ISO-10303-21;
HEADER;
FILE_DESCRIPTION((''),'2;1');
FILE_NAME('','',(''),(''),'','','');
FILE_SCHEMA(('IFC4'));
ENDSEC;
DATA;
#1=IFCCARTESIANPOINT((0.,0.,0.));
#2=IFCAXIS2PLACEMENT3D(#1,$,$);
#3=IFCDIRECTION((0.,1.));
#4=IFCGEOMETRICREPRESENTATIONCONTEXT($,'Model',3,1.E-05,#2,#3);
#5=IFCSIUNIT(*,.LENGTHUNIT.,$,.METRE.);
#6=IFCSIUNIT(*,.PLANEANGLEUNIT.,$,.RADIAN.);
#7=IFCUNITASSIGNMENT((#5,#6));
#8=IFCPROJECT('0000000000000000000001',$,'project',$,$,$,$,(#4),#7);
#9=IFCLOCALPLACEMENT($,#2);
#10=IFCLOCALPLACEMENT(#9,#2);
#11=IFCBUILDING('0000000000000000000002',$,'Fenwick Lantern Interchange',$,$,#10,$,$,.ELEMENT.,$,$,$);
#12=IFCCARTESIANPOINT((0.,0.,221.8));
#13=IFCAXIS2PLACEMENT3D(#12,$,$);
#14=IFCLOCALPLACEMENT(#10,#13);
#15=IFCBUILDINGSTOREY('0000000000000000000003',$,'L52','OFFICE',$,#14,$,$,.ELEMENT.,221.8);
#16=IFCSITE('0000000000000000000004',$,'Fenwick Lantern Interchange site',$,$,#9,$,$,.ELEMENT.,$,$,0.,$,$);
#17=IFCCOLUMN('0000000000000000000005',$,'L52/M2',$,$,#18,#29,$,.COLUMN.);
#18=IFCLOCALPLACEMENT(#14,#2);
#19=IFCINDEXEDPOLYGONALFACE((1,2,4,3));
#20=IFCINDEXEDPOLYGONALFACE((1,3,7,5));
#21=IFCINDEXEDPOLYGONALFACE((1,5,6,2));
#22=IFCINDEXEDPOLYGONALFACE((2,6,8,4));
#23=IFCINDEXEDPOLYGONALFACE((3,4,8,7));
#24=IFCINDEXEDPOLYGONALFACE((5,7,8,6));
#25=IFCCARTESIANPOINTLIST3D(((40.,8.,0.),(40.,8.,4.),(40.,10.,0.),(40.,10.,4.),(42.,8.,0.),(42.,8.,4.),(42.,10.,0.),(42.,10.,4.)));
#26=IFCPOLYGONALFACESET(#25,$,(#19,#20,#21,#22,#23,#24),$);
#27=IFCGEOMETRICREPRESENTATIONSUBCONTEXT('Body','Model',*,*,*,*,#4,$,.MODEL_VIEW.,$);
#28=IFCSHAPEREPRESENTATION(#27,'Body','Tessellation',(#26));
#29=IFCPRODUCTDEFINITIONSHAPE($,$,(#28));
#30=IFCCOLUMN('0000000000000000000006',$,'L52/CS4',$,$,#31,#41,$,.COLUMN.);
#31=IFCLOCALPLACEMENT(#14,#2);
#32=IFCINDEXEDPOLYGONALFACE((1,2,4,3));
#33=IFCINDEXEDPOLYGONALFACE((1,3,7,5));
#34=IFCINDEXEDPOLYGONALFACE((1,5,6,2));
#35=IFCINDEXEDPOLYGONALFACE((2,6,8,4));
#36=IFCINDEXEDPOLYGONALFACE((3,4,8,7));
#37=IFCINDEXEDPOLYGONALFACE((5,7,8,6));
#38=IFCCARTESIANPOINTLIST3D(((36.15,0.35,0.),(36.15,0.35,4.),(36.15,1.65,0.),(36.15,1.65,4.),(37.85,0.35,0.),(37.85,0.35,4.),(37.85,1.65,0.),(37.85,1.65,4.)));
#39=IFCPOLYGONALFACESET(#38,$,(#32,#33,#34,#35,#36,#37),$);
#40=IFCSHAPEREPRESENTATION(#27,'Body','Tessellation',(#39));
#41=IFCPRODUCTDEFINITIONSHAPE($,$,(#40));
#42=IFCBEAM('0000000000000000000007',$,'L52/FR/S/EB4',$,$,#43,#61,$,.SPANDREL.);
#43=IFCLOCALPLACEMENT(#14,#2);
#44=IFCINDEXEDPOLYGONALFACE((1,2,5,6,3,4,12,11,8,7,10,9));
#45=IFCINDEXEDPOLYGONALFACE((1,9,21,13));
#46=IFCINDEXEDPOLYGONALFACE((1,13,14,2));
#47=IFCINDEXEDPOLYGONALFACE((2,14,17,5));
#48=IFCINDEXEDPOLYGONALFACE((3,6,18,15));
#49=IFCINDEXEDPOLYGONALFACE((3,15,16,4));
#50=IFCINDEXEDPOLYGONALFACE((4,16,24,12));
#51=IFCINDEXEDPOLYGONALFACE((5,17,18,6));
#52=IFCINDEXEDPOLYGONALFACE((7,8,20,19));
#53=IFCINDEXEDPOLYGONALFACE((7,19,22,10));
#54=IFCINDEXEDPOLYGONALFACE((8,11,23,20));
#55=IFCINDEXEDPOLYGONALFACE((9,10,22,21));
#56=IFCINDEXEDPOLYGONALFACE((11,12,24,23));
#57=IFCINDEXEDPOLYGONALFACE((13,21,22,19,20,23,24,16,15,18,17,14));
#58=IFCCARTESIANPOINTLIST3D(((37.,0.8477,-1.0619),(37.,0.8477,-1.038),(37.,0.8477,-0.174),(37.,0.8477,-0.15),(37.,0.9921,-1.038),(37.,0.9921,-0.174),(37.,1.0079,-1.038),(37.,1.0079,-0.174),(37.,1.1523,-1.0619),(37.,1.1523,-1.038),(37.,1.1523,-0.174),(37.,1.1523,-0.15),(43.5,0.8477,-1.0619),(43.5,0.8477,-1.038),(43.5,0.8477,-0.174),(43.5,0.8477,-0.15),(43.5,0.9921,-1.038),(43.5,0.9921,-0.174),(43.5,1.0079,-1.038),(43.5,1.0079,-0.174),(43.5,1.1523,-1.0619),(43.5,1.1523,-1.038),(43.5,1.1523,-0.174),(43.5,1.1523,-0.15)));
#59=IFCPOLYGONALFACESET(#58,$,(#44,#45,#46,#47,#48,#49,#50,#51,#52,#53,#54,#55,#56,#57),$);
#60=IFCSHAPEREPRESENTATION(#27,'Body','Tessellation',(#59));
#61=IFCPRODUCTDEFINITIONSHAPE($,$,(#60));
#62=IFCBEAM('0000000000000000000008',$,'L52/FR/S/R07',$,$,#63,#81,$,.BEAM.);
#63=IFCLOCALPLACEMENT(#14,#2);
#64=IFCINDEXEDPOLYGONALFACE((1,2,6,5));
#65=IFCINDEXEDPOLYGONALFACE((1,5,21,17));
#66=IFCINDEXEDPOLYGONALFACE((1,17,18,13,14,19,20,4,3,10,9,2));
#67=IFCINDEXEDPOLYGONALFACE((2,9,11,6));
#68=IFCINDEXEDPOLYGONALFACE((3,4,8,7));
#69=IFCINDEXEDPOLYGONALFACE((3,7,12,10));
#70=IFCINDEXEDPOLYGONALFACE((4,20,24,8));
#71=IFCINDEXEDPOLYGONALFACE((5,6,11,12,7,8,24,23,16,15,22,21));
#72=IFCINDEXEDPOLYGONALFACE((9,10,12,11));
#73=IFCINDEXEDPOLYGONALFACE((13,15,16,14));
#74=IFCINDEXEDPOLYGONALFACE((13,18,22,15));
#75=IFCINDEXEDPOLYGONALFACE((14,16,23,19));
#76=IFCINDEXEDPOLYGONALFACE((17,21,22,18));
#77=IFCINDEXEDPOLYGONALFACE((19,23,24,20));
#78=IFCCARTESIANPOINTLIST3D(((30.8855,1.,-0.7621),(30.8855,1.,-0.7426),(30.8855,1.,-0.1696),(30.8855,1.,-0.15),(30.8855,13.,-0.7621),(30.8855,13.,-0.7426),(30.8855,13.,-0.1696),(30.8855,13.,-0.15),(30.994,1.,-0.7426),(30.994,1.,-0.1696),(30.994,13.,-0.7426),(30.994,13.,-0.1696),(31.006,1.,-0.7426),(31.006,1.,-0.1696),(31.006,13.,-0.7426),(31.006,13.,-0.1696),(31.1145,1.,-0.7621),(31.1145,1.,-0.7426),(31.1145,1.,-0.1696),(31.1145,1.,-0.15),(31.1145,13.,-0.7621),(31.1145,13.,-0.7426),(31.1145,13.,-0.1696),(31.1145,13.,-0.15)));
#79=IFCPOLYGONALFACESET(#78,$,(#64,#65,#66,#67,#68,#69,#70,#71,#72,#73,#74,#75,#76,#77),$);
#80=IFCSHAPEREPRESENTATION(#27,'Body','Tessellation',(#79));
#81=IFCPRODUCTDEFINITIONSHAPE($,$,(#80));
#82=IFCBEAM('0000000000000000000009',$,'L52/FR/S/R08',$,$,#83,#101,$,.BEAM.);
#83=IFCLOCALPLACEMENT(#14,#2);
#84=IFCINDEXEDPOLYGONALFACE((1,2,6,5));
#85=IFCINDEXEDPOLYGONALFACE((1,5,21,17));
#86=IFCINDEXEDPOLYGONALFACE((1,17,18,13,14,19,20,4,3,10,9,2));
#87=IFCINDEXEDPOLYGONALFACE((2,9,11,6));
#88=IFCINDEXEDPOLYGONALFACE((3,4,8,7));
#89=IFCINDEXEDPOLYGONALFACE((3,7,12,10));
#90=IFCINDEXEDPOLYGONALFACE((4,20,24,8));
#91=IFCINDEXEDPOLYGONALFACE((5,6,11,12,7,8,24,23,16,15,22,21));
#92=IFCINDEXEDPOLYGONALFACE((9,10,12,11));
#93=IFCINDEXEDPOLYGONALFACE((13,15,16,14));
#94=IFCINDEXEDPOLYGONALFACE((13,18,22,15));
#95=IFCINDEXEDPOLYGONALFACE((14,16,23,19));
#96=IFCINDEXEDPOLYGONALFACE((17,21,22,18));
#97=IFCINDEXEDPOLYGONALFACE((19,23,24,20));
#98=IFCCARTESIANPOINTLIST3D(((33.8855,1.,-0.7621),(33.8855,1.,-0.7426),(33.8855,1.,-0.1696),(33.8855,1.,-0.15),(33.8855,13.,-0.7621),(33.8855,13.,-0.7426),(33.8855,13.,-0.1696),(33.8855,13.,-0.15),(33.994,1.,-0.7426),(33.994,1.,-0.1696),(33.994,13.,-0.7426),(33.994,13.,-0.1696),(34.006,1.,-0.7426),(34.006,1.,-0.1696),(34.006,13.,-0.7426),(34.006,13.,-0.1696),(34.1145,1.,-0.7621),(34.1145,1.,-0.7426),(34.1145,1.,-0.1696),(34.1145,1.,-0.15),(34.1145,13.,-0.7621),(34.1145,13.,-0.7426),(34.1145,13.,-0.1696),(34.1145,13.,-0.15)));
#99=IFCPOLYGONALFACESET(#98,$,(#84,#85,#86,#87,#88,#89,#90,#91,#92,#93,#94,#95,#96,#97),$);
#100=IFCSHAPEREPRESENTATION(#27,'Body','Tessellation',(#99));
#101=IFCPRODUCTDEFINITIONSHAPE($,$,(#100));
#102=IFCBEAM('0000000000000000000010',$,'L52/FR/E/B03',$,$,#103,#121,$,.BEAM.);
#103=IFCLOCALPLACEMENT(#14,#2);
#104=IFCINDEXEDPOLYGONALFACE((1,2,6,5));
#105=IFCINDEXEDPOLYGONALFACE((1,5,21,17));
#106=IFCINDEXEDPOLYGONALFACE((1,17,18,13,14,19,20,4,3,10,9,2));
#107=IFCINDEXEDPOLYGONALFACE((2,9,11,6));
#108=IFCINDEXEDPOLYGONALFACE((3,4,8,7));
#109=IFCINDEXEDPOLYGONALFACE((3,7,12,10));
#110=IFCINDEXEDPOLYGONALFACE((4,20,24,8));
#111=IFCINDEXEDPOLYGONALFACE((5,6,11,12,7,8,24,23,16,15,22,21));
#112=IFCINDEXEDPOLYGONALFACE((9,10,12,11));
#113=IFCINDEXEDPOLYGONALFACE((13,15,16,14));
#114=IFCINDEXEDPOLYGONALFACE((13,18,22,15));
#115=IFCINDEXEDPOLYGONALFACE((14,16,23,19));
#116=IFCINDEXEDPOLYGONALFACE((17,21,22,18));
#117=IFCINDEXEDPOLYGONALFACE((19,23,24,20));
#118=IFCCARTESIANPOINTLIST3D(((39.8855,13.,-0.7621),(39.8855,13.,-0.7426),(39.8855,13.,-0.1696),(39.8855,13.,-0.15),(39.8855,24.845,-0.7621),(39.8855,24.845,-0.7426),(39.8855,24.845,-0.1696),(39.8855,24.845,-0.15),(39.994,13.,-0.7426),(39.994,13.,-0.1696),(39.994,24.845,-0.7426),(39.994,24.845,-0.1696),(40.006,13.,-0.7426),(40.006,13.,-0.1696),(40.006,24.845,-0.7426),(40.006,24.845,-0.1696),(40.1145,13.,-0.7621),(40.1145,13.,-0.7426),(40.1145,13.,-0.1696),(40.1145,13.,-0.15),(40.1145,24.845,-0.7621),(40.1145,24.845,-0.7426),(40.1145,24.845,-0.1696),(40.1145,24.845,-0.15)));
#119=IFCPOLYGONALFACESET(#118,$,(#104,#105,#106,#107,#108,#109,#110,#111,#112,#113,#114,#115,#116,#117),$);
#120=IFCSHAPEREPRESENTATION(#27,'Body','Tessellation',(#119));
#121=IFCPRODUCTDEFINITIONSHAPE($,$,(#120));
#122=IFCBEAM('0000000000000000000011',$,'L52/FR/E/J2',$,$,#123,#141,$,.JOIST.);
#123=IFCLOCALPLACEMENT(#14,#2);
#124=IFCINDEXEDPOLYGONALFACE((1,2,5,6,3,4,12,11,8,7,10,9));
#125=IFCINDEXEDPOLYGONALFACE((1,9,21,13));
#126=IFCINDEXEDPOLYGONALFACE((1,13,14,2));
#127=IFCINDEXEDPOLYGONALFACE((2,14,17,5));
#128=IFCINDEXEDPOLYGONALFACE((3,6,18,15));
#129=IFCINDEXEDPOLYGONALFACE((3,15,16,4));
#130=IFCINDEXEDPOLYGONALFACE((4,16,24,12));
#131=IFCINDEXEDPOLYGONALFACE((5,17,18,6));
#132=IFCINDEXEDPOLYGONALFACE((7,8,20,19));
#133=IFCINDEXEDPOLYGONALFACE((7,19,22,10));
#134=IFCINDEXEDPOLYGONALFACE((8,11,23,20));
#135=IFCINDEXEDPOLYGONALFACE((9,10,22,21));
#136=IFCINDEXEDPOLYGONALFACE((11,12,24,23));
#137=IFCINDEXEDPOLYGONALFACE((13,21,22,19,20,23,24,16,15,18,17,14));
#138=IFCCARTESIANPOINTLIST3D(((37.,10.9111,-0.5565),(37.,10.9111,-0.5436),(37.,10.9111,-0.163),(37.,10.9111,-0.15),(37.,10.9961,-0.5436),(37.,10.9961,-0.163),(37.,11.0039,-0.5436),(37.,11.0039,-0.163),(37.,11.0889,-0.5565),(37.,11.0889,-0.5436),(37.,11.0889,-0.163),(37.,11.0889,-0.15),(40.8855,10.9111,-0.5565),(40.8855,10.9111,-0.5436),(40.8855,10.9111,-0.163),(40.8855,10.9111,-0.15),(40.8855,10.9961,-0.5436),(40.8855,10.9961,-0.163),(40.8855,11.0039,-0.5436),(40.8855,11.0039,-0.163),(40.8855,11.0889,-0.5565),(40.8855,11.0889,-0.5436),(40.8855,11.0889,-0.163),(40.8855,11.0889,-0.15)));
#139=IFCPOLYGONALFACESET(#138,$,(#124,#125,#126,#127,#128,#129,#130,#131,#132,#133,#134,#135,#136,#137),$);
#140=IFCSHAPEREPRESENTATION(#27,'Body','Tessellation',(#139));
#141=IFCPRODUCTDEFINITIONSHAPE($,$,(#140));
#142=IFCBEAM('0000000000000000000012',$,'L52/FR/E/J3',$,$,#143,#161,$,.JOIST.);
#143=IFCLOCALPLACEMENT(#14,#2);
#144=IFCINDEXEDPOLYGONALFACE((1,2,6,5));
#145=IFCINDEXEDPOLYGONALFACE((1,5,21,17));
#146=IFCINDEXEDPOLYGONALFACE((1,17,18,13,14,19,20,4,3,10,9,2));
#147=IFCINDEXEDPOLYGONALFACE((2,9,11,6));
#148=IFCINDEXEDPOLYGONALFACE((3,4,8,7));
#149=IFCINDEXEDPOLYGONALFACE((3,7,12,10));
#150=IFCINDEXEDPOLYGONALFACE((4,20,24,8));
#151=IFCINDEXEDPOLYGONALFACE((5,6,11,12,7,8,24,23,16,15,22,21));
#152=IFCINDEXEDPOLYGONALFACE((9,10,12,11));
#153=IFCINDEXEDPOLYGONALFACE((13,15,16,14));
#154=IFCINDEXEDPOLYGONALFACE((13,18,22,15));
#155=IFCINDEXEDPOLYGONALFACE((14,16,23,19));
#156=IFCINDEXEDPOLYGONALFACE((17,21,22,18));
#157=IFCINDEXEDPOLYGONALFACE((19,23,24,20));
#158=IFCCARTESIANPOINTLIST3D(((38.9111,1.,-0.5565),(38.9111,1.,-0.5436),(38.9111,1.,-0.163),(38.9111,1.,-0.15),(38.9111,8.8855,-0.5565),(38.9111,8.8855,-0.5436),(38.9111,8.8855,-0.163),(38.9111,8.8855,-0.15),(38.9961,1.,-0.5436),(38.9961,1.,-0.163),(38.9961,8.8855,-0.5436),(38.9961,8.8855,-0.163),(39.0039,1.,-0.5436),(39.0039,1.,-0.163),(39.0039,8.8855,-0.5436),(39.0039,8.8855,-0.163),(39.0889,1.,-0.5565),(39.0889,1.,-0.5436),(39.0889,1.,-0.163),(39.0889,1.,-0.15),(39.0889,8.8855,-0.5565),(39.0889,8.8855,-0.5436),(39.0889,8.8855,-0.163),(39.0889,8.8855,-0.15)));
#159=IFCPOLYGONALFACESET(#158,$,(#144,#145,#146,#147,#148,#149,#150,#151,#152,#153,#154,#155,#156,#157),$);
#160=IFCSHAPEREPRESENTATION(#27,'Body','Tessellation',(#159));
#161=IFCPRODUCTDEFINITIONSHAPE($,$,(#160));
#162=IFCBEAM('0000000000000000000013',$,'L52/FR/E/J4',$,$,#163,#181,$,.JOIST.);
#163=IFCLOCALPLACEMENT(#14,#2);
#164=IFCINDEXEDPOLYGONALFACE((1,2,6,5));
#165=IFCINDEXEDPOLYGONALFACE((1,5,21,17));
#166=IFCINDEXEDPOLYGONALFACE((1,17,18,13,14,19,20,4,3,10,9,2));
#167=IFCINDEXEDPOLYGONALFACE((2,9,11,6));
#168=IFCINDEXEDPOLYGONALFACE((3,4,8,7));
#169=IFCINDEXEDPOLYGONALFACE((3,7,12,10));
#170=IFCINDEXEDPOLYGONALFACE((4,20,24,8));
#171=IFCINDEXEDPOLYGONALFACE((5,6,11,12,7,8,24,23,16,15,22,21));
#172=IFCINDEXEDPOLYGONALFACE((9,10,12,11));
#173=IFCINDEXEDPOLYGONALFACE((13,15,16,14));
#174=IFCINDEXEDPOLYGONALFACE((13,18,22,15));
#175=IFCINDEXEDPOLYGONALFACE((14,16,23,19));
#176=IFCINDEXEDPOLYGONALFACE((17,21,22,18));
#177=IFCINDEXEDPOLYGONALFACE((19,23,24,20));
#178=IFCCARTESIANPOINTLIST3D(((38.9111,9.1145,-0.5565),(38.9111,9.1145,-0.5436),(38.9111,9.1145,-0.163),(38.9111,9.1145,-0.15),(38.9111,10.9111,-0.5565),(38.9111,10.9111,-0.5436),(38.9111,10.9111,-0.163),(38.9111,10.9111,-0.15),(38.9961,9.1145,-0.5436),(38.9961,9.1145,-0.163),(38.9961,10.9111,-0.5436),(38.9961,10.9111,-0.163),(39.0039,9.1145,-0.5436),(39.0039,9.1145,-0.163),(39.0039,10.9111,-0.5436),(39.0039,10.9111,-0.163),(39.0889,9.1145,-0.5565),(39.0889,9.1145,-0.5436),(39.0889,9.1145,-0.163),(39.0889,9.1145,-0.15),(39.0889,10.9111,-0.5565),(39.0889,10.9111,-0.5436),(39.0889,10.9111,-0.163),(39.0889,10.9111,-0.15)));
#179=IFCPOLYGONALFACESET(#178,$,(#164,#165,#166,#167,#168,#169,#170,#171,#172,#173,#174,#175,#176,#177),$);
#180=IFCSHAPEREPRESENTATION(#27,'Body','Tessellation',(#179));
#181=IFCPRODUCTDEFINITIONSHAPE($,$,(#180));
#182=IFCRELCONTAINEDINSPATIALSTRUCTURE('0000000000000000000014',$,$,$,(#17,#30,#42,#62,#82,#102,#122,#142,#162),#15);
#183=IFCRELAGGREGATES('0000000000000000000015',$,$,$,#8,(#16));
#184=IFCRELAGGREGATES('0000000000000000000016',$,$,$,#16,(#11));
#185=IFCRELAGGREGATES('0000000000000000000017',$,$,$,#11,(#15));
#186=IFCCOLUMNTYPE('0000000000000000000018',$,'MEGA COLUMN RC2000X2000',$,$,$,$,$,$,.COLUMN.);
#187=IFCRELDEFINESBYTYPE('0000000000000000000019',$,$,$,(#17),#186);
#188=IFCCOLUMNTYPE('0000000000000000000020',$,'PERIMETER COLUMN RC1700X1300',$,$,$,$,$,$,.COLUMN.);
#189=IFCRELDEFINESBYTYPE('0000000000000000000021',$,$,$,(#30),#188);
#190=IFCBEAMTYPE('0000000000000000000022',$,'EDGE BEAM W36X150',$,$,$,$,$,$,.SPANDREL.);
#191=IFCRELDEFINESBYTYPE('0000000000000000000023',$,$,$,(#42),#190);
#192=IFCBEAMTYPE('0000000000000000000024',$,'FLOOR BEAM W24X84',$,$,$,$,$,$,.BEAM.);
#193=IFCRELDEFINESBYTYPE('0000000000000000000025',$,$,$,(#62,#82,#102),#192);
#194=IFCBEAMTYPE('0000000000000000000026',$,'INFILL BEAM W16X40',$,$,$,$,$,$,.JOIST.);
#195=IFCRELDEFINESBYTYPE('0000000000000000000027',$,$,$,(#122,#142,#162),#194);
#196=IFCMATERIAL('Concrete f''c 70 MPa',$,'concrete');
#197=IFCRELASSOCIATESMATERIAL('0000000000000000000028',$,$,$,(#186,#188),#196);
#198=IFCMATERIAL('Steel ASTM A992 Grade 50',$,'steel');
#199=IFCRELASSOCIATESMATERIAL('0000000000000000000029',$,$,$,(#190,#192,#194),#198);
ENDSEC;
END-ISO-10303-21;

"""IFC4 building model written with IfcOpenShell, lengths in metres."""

from ifc_helpers import new_model, si_unit, direction, frame, origin, origin_2d, place, context, subcontext, project, spatial, rectangle, i_section, extrude, material, material_profile, profile_set, type_object, element, save


model = new_model("IFC4")

# Units and contexts
model_context = context("Model", 3, precision=1e-05, world=origin(), true_north=direction((0.0, 1.0)))
body_context = subcontext(model_context, "Body", "Model", "MODEL_VIEW")
ifc_project = project(units=[si_unit("LENGTHUNIT", "METRE"), si_unit("PLANEANGLEUNIT", "RADIAN")], contexts=[model_context])

# Site, building, storey
site_placement = place(None, origin())
site = spatial("IfcSite", under=ifc_project, at=site_placement, Name="Fenwick Lantern Interchange site", CompositionType="ELEMENT", RefElevation=0.0)
building_placement = place(site_placement, origin())
building = spatial("IfcBuilding", under=site, at=building_placement, Name="Fenwick Lantern Interchange", CompositionType="ELEMENT")
storey_placement = place(building_placement, frame((0.0, 0.0, 221.8)))
storey = spatial("IfcBuildingStorey", under=building, at=storey_placement, Name="L52", Description="OFFICE", CompositionType="ELEMENT", Elevation=221.8)

# Columns
ifc_material_1 = material(Name="Concrete f'c 70 MPa", Category="concrete")
ifc_material_profile_1 = material_profile(ifc_material_1, rectangle(XDim=2.0, YDim=2.0, at=origin_2d()), Name="RC2000X2000")
ifc_profile_set_1 = profile_set([ifc_material_profile_1], Name="Concrete f'c 70 MPa")
column_type_1 = type_object("IfcColumnType", Name="MEGA COLUMN RC2000X2000", PredefinedType="COLUMN", material=ifc_profile_set_1)
column_1_placement = place(storey_placement, frame((41.0, 9.0, 0.0), z_axis=(0.0, 0.0, 1.0), x_axis=(1.0, 0.0, 0.0)))
element("IfcColumn", 1, at=column_1_placement, inside=storey, type_object=column_type_1, Name="L52/M2", PredefinedType="COLUMN", context=body_context, shape_type="SweptSolid", body=[
    extrude(rectangle(XDim=2.0, YDim=2.0, at=origin_2d()), origin(), (0.0, 0.0, 1.0), 4.0),
])
ifc_material_profile_2 = material_profile(ifc_material_1, rectangle(XDim=1.7, YDim=1.3, at=origin_2d()), Name="RC1700X1300")
ifc_profile_set_2 = profile_set([ifc_material_profile_2], Name="Concrete f'c 70 MPa")
column_type_2 = type_object("IfcColumnType", Name="PERIMETER COLUMN RC1700X1300", PredefinedType="COLUMN", material=ifc_profile_set_2)
column_2_placement = place(storey_placement, frame((37.0, 1.0, 0.0), z_axis=(0.0, 0.0, 1.0), x_axis=(1.0, 0.0, 0.0)))
element("IfcColumn", 2, at=column_2_placement, inside=storey, type_object=column_type_2, Name="L52/CS4", PredefinedType="COLUMN", context=body_context, shape_type="SweptSolid", body=[
    extrude(rectangle(XDim=1.7, YDim=1.3, at=origin_2d()), origin(), (0.0, 0.0, 1.0), 4.0),
])

# Beams
ifc_material_2 = material(Name="Steel ASTM A992 Grade 50", Category="steel")
ifc_material_profile_3 = material_profile(ifc_material_2, i_section(OverallWidth=0.3047, OverallDepth=0.9119, WebThickness=0.0159, FlangeThickness=0.0239, at=origin_2d()), Name="W36X150")
ifc_profile_set_3 = profile_set([ifc_material_profile_3], Name="Steel ASTM A992 Grade 50")
beam_type_1 = type_object("IfcBeamType", Name="EDGE BEAM W36X150", PredefinedType="SPANDREL", material=ifc_profile_set_3)
beam_1_placement = place(storey_placement, frame((37.0, 1.0, -0.606), z_axis=(1.0, 0.0, 0.0), x_axis=(0.0, 1.0, 0.0)))
element("IfcBeam", 3, at=beam_1_placement, inside=storey, type_object=beam_type_1, Name="L52/FR/S/EB4", PredefinedType="SPANDREL", context=body_context, shape_type="SweptSolid", body=[
    extrude(i_section(OverallWidth=0.3047, OverallDepth=0.9119, WebThickness=0.0159, FlangeThickness=0.0239, at=origin_2d()), origin(), (0.0, 0.0, 1.0), 6.5),
])
ifc_material_profile_4 = material_profile(ifc_material_2, i_section(OverallWidth=0.229, OverallDepth=0.6121, WebThickness=0.012, FlangeThickness=0.0195, at=origin_2d()), Name="W24X84")
ifc_profile_set_4 = profile_set([ifc_material_profile_4], Name="Steel ASTM A992 Grade 50")
beam_type_2 = type_object("IfcBeamType", Name="FLOOR BEAM W24X84", PredefinedType="BEAM", material=ifc_profile_set_4)
for number, where, z_axis, x_axis, name in (
    (4, (31.0, 1.0, -0.4561), (0.0, 1.0, 0.0), (-1.0, 0.0, 0.0), "L52/FR/S/R07"),
    (5, (34.0, 1.0, -0.4561), (0.0, 1.0, 0.0), (-1.0, 0.0, 0.0), "L52/FR/S/R08"),
):
    element("IfcBeam", number, at=place(storey_placement, frame(where, z_axis=z_axis, x_axis=x_axis)), inside=storey, type_object=beam_type_2, Name=name, PredefinedType="BEAM", context=body_context, shape_type="SweptSolid", body=[
        extrude(i_section(OverallWidth=0.229, OverallDepth=0.6121, WebThickness=0.012, FlangeThickness=0.0195, at=origin_2d()), origin(), (0.0, 0.0, 1.0), 12.0),
    ])
beam_2_placement = place(storey_placement, frame((40.0, 13.0, -0.4561), z_axis=(0.0, 1.0, 0.0), x_axis=(-1.0, 0.0, 0.0)))
element("IfcBeam", 6, at=beam_2_placement, inside=storey, type_object=beam_type_2, Name="L52/FR/E/B03", PredefinedType="BEAM", context=body_context, shape_type="SweptSolid", body=[
    extrude(i_section(OverallWidth=0.229, OverallDepth=0.6121, WebThickness=0.012, FlangeThickness=0.0195, at=origin_2d()), origin(), (0.0, 0.0, 1.0), 11.845),
])
ifc_material_profile_5 = material_profile(ifc_material_2, i_section(OverallWidth=0.1777, OverallDepth=0.4065, WebThickness=0.0078, FlangeThickness=0.0129, at=origin_2d()), Name="W16X40")
ifc_profile_set_5 = profile_set([ifc_material_profile_5], Name="Steel ASTM A992 Grade 50")
beam_type_3 = type_object("IfcBeamType", Name="INFILL BEAM W16X40", PredefinedType="JOIST", material=ifc_profile_set_5)
beam_3_placement = place(storey_placement, frame((40.8855, 11.0, -0.3533), z_axis=(-1.0, 0.0, 0.0), x_axis=(0.0, -1.0, 0.0)))
element("IfcBeam", 7, at=beam_3_placement, inside=storey, type_object=beam_type_3, Name="L52/FR/E/J2", PredefinedType="JOIST", context=body_context, shape_type="SweptSolid", body=[
    extrude(i_section(OverallWidth=0.1777, OverallDepth=0.4065, WebThickness=0.0078, FlangeThickness=0.0129, at=origin_2d()), origin(), (0.0, 0.0, 1.0), 3.8855),
])
beam_4_placement = place(storey_placement, frame((39.0, 1.0, -0.3533), z_axis=(0.0, 1.0, 0.0), x_axis=(-1.0, 0.0, 0.0)))
element("IfcBeam", 8, at=beam_4_placement, inside=storey, type_object=beam_type_3, Name="L52/FR/E/J3", PredefinedType="JOIST", context=body_context, shape_type="SweptSolid", body=[
    extrude(i_section(OverallWidth=0.1777, OverallDepth=0.4065, WebThickness=0.0078, FlangeThickness=0.0129, at=origin_2d()), origin(), (0.0, 0.0, 1.0), 7.8855),
])
beam_5_placement = place(storey_placement, frame((39.0, 9.1145, -0.3533), z_axis=(0.0, 1.0, 0.0), x_axis=(-1.0, 0.0, 0.0)))
element("IfcBeam", 9, at=beam_5_placement, inside=storey, type_object=beam_type_3, Name="L52/FR/E/J4", PredefinedType="JOIST", context=body_context, shape_type="SweptSolid", body=[
    extrude(i_section(OverallWidth=0.1777, OverallDepth=0.4065, WebThickness=0.0078, FlangeThickness=0.0129, at=origin_2d()), origin(), (0.0, 0.0, 1.0), 1.7966),
])

save(model, "model.ifc")
